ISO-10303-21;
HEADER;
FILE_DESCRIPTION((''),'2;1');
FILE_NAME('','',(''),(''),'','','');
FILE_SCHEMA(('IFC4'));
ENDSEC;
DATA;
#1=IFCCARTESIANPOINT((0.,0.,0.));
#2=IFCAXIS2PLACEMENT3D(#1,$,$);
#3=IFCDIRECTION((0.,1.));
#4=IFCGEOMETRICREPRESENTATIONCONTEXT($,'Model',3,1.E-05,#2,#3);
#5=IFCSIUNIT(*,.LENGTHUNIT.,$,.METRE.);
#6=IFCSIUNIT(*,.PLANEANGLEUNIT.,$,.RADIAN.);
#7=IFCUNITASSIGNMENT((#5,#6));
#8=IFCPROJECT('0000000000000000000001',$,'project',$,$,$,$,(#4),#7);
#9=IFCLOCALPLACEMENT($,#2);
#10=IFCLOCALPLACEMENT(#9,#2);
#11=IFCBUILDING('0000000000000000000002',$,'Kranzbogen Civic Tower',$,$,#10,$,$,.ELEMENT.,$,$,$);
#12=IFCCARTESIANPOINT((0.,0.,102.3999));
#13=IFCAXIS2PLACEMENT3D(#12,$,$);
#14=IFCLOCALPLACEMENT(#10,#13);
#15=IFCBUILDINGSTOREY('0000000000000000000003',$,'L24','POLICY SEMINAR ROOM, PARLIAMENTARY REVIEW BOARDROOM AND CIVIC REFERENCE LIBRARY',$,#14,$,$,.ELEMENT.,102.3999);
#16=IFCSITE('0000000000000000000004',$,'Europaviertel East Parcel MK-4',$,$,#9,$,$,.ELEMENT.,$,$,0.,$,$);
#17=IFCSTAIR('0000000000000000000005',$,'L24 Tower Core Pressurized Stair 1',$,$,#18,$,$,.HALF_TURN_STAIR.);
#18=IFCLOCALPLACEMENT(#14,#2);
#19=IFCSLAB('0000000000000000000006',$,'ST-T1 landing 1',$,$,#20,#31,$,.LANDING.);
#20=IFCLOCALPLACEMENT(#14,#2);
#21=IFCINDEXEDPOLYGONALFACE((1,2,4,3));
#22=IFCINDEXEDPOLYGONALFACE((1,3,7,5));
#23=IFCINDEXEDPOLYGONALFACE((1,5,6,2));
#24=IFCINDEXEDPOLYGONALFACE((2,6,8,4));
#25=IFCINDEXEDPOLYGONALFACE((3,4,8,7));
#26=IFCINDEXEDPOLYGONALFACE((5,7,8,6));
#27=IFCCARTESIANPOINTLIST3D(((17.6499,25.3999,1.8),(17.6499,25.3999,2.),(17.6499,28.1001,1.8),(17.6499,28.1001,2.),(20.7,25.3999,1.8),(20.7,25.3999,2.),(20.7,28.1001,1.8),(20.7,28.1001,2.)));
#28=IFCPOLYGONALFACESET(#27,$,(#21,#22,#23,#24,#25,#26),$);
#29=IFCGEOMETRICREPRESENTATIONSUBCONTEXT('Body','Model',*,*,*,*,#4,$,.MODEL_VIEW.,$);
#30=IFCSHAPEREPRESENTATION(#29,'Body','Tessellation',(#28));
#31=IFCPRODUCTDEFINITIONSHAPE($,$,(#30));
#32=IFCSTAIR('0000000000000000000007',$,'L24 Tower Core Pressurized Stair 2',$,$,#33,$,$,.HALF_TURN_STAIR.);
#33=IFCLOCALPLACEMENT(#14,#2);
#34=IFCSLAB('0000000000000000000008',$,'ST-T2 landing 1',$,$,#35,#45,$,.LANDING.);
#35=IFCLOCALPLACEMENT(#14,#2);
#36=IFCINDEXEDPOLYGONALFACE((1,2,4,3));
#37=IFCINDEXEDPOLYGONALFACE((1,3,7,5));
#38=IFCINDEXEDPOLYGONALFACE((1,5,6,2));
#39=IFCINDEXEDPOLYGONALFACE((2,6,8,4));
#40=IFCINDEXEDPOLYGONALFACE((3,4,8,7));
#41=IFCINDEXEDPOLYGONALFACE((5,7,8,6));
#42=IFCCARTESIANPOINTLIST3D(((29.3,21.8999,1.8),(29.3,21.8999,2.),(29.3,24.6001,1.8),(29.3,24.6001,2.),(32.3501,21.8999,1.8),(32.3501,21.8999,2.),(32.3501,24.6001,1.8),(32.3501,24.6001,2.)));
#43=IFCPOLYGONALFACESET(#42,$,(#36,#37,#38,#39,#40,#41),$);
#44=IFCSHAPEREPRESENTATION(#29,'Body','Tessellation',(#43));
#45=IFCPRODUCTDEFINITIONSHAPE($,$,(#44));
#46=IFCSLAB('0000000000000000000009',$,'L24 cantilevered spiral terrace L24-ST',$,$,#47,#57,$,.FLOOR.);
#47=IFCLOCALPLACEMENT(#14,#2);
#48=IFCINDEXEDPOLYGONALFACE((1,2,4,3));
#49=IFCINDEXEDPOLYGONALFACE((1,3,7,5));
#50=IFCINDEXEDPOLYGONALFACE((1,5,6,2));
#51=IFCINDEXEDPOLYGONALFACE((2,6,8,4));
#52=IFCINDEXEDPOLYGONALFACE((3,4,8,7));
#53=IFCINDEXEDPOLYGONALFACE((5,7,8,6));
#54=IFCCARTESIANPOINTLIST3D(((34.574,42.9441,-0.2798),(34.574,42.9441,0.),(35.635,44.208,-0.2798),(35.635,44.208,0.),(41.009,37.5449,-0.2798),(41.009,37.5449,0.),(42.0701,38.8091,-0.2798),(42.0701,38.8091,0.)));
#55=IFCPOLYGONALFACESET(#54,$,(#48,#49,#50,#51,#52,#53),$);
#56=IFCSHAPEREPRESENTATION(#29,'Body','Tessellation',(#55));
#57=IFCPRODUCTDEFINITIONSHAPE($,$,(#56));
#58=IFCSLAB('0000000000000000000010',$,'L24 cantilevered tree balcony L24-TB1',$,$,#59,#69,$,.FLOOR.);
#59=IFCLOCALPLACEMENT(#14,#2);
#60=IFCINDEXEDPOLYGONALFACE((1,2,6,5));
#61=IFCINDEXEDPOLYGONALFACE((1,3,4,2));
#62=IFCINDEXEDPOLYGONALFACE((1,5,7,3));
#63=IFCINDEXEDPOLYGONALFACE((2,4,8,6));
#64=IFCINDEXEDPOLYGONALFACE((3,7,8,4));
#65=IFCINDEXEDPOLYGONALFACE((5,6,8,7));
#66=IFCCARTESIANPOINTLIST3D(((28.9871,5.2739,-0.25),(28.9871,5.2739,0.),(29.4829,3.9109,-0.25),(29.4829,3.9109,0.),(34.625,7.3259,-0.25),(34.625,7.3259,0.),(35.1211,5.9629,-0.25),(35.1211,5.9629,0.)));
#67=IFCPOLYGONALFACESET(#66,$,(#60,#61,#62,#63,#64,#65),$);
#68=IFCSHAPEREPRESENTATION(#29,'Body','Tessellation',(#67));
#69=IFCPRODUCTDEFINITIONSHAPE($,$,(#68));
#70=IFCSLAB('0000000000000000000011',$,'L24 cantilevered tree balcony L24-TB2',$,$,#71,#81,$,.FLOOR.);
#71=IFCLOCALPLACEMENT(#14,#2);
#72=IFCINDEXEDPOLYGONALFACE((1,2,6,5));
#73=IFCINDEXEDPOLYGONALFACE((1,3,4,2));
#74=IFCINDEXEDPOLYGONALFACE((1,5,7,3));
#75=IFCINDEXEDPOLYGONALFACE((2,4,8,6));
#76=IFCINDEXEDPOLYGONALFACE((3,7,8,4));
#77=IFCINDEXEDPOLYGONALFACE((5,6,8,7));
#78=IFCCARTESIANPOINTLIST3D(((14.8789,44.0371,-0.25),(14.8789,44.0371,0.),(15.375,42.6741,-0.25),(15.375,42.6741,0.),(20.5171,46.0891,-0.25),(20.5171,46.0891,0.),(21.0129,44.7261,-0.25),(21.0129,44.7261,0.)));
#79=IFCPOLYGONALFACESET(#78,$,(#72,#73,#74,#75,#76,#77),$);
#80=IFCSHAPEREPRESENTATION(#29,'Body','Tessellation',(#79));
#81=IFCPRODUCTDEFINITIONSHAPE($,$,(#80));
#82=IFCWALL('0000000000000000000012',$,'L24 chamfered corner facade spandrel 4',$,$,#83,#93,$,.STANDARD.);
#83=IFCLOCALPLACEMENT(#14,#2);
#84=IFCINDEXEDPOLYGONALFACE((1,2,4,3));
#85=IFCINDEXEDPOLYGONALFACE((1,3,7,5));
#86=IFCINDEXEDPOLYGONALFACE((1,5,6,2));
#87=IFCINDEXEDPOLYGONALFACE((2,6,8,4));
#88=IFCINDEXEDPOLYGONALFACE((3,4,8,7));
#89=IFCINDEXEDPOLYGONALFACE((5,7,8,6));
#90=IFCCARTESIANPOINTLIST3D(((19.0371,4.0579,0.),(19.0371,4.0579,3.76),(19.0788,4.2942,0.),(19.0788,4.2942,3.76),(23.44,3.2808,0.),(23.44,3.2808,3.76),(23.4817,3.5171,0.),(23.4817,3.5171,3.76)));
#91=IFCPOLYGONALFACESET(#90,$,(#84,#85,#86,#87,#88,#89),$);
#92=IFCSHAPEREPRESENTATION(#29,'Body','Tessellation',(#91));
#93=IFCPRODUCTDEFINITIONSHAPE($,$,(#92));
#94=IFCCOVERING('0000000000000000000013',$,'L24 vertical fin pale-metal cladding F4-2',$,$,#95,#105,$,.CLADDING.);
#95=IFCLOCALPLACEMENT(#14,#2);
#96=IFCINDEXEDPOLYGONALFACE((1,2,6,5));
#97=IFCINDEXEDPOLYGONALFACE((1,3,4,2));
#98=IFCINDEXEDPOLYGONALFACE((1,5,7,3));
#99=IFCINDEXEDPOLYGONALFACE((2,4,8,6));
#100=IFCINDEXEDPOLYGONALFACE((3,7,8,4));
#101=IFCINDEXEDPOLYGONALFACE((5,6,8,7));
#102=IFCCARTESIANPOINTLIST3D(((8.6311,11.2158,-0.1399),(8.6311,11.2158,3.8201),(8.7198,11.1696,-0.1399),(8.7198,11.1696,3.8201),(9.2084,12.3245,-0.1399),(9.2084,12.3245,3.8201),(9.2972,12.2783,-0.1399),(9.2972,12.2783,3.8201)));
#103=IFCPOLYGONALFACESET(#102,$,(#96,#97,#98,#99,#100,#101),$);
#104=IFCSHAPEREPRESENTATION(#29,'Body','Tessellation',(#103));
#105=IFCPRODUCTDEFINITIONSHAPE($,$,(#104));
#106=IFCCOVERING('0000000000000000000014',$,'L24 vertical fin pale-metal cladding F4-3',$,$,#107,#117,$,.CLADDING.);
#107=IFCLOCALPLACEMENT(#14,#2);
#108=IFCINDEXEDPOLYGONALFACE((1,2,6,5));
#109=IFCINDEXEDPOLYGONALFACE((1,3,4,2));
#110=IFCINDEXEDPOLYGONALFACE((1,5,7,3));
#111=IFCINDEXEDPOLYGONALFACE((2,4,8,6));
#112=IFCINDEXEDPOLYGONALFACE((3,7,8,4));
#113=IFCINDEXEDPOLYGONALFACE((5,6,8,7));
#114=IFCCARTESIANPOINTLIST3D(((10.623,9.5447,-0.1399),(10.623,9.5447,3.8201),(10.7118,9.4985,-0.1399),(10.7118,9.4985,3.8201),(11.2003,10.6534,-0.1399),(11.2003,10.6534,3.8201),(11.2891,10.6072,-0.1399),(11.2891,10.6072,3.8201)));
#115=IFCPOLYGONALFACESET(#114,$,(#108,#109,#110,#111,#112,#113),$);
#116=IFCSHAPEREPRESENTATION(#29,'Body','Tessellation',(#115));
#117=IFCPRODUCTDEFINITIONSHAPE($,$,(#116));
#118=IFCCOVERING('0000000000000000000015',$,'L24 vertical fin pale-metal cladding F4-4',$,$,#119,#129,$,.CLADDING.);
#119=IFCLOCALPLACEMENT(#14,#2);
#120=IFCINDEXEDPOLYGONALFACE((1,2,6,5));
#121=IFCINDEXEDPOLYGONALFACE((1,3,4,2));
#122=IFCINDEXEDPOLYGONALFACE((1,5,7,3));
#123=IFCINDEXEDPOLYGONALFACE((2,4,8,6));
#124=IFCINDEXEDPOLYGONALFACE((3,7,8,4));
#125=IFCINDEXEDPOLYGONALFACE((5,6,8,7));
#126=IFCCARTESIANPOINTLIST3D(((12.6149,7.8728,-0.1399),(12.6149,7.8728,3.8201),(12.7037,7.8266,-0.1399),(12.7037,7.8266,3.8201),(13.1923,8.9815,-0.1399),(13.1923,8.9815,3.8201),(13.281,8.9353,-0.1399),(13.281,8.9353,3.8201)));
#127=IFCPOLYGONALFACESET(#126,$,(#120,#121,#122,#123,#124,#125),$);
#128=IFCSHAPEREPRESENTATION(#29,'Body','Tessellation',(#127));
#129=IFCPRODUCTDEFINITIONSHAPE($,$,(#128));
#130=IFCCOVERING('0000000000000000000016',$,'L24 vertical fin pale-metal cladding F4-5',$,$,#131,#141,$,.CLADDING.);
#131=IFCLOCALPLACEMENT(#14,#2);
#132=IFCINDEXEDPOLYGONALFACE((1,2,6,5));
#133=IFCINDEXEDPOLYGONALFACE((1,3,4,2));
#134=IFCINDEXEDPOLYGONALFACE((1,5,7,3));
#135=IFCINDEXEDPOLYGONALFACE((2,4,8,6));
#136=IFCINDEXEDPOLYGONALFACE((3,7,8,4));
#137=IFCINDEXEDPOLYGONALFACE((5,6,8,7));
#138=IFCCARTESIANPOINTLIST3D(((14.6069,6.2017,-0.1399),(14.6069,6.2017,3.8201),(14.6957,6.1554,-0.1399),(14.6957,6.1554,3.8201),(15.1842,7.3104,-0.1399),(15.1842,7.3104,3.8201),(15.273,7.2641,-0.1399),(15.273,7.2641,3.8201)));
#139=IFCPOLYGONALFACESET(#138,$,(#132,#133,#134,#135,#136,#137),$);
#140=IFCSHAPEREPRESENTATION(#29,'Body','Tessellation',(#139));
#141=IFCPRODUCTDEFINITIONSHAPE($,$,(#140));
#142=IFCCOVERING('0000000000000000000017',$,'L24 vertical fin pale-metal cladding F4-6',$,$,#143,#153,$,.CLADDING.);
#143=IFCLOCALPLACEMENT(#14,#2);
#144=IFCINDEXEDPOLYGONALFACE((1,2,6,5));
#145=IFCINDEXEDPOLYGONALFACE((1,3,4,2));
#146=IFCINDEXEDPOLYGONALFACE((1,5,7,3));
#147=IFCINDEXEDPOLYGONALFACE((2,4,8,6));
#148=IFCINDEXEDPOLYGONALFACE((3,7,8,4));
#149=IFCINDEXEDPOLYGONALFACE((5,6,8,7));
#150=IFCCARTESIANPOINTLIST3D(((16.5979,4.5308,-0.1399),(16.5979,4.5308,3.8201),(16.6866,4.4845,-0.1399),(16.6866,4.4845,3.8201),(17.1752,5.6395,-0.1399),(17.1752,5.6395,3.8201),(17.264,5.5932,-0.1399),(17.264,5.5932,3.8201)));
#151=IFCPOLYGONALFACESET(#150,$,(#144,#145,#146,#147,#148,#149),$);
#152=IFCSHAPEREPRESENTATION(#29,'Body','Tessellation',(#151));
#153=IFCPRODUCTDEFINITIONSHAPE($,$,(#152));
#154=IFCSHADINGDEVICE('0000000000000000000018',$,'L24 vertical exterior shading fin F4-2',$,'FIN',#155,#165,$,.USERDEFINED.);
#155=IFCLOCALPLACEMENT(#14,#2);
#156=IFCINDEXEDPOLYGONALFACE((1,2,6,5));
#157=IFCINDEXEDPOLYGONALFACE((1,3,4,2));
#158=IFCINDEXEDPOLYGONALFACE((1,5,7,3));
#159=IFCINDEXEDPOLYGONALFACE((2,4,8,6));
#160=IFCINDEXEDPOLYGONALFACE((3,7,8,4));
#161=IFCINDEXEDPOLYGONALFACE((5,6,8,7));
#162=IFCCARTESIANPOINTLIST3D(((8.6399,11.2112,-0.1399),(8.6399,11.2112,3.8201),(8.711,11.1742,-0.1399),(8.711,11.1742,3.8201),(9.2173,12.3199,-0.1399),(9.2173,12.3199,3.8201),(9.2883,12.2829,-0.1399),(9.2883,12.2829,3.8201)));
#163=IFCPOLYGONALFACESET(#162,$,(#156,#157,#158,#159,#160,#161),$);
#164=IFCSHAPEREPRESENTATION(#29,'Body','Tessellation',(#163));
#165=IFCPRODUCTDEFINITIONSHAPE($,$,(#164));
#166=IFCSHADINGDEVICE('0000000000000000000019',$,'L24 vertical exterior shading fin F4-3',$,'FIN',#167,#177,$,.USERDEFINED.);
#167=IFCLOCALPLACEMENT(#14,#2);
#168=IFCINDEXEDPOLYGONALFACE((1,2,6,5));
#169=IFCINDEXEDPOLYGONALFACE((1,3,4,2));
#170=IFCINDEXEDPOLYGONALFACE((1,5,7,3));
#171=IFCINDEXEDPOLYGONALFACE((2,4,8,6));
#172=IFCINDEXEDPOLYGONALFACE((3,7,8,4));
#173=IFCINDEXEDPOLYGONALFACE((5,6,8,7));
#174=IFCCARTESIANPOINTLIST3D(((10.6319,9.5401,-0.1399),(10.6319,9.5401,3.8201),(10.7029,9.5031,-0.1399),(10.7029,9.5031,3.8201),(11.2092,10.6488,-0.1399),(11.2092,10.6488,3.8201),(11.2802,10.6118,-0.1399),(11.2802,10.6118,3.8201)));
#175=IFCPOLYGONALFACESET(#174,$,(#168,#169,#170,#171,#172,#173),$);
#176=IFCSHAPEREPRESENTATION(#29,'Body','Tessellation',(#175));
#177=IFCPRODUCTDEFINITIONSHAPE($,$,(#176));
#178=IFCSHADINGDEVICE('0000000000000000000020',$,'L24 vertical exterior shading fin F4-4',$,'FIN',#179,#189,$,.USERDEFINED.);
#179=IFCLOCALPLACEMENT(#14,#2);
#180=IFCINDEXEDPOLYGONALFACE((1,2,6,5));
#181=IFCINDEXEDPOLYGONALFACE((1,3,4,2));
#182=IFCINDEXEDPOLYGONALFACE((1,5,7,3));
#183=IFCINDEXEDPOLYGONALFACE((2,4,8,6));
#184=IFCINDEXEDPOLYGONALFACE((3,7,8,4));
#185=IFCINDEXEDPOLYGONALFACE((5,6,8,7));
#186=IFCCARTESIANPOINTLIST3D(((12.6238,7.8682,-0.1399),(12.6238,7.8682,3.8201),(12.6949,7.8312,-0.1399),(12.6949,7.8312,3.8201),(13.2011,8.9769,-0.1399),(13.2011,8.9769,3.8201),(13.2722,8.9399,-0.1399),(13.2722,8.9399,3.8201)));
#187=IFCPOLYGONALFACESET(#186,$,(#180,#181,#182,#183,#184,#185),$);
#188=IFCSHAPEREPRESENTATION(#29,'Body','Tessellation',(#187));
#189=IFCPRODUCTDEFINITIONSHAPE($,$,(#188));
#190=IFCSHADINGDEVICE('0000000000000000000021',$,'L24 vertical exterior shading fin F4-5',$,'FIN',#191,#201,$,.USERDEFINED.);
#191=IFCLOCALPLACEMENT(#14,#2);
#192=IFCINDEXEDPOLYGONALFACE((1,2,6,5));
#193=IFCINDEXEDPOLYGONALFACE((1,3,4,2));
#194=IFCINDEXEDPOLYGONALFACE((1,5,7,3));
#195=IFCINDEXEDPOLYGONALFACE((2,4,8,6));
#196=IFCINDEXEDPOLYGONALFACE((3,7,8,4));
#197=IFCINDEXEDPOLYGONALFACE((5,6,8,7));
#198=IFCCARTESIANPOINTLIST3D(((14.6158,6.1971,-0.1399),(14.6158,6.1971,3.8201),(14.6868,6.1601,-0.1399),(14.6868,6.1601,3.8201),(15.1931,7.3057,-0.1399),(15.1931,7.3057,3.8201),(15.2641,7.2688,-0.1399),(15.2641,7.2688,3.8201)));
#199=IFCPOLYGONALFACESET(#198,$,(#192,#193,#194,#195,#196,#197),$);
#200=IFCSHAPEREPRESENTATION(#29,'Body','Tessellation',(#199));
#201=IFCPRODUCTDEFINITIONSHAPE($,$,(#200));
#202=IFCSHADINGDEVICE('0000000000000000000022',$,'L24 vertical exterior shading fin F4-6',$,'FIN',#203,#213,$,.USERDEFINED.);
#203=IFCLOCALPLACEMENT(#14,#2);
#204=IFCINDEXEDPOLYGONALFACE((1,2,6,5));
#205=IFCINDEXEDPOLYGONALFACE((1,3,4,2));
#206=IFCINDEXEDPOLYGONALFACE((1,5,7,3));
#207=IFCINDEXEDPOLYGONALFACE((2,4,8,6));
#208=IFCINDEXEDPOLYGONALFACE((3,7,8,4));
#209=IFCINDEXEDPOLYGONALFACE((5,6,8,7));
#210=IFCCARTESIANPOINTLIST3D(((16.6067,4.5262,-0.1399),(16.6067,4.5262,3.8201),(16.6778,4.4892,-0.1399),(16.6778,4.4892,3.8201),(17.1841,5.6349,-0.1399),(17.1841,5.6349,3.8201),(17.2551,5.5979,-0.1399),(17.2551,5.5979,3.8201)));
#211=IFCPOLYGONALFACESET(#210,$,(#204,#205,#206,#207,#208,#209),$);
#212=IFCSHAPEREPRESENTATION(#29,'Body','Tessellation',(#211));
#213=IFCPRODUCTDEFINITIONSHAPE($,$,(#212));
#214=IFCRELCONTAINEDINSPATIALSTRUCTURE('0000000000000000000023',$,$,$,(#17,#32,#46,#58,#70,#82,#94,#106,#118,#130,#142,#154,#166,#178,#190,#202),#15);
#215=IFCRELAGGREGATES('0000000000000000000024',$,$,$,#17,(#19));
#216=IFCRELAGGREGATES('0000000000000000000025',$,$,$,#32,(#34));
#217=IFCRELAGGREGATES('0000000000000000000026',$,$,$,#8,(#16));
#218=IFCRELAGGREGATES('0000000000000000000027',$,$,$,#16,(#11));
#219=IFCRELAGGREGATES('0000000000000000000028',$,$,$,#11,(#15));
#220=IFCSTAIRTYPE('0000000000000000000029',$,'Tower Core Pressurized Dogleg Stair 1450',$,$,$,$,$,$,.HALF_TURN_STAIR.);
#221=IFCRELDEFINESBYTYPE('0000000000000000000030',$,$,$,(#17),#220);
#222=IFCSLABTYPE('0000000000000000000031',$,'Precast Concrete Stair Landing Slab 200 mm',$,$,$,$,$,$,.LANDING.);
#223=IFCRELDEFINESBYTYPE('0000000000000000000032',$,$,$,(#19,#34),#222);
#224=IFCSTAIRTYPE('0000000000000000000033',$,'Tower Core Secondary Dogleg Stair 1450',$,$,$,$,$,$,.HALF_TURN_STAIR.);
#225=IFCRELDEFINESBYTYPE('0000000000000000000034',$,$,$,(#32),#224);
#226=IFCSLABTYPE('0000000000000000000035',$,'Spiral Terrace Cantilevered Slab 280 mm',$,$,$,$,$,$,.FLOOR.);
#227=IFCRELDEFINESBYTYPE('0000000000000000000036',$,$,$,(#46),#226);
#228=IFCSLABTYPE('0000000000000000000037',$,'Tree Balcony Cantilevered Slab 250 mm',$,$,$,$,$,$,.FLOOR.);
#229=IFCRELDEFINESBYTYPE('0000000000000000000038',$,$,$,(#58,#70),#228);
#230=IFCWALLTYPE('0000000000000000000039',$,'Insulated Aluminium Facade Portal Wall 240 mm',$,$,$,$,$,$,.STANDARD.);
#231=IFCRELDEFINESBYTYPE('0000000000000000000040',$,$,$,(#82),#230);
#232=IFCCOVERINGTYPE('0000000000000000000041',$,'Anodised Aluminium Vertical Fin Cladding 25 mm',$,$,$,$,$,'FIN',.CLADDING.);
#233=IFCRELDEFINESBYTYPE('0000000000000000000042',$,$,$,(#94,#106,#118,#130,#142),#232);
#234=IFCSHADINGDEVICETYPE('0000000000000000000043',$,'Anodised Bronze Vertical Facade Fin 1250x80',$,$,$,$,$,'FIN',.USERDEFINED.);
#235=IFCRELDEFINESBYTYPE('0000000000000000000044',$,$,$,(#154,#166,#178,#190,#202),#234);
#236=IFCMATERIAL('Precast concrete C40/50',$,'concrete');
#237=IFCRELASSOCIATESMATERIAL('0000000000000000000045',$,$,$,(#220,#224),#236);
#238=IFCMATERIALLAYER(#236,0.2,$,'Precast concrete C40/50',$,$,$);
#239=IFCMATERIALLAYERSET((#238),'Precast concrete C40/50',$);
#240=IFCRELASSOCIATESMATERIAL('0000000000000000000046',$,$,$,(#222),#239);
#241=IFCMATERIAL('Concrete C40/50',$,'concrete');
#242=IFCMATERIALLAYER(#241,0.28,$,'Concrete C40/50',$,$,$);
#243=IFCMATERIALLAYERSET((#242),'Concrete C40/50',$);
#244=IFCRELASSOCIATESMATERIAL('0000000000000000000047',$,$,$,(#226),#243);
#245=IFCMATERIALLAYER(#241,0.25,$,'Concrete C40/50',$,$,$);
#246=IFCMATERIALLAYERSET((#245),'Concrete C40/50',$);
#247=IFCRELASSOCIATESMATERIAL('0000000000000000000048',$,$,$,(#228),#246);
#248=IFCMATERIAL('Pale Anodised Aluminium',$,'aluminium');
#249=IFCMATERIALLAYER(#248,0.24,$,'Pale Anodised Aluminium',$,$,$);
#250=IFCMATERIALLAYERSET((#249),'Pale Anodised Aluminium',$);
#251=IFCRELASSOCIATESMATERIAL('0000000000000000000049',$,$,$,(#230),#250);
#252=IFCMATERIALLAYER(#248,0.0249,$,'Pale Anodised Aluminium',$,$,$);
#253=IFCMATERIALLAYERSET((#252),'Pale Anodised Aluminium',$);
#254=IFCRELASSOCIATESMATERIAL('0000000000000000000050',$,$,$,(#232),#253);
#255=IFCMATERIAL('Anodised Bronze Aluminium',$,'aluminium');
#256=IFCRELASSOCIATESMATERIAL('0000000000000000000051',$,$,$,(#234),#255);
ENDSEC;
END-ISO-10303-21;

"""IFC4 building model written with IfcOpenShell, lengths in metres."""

from ifc_helpers import new_model, si_unit, direction, frame, frame_2d, origin, origin_2d, place, context, subcontext, project, spatial, polyline, rectangle, outline, extrude, material, layer, layer_set, type_object, element, aggregate, save


model = new_model("IFC4")

# Units and contexts
model_context = context("Model", 3, precision=1e-05, world=origin(), true_north=direction((0.0, 1.0)))
body_context = subcontext(model_context, "Body", "Model", "MODEL_VIEW")
ifc_project = project(units=[si_unit("LENGTHUNIT", "METRE"), si_unit("PLANEANGLEUNIT", "RADIAN")], contexts=[model_context])

# Site, building, storey
site_placement = place(None, origin())
site = spatial("IfcSite", under=ifc_project, at=site_placement, Name="Europaviertel East Parcel MK-4", CompositionType="ELEMENT", RefElevation=0.0)
building_placement = place(site_placement, origin())
building = spatial("IfcBuilding", under=site, at=building_placement, Name="Kranzbogen Civic Tower", CompositionType="ELEMENT")
storey_placement = place(building_placement, frame((0.0, 0.0, 102.3999)))
storey = spatial("IfcBuildingStorey", under=building, at=storey_placement, Name="L24", Description="POLICY SEMINAR ROOM, PARLIAMENTARY REVIEW BOARDROOM AND CIVIC REFERENCE LIBRARY", CompositionType="ELEMENT", Elevation=102.3999)

# Shared definitions
ifc_material_1 = material(Name="Pale Anodised Aluminium", Category="aluminium")

# Shared definitions
ifc_material_2 = material(Name="Concrete C40/50", Category="concrete")

# Stairs, slabs
ifc_material_3 = material(Name="Precast concrete C40/50", Category="concrete")
stair_type_1 = type_object("IfcStairType", Name="Tower Core Pressurized Dogleg Stair 1450", PredefinedType="HALF_TURN_STAIR", material=ifc_material_3)
stair_1_placement = place(storey_placement, origin())
stair_1 = element("IfcStair", 1, at=stair_1_placement, inside=storey, type_object=stair_type_1, Name="L24 Tower Core Pressurized Stair 1", PredefinedType="HALF_TURN_STAIR")
ifc_layer_1 = layer(ifc_material_3, 0.2, Name="Precast concrete C40/50")
ifc_layer_set_1 = layer_set([ifc_layer_1], Name="Precast concrete C40/50")
slab_type_1 = type_object("IfcSlabType", Name="Precast Concrete Stair Landing Slab 200 mm", PredefinedType="LANDING", material=ifc_layer_set_1)
slab_1_placement = place(storey_placement, frame((0.0, 0.0, 1.8)))
slab_1 = element("IfcSlab", 2, at=slab_1_placement, type_object=slab_type_1, Name="ST-T1 landing 1", PredefinedType="LANDING", context=body_context, shape_type="SweptSolid", body=[
    extrude(outline(polyline([(20.7, 25.3999), (20.7, 28.1001), (17.6499, 28.1001), (17.6499, 25.3999), (20.7, 25.3999)])), origin(), (0.0, 0.0, 1.0), 0.2),
])
aggregate(stair_1, [slab_1])
stair_type_2 = type_object("IfcStairType", Name="Tower Core Secondary Dogleg Stair 1450", PredefinedType="HALF_TURN_STAIR", material=ifc_material_3)
stair_2_placement = place(storey_placement, origin())
stair_2 = element("IfcStair", 3, at=stair_2_placement, inside=storey, type_object=stair_type_2, Name="L24 Tower Core Pressurized Stair 2", PredefinedType="HALF_TURN_STAIR")
slab_2_placement = place(storey_placement, frame((0.0, 0.0, 1.8)))
slab_2 = element("IfcSlab", 4, at=slab_2_placement, type_object=slab_type_1, Name="ST-T2 landing 1", PredefinedType="LANDING", context=body_context, shape_type="SweptSolid", body=[
    extrude(outline(polyline([(29.3, 24.6001), (29.3, 21.8999), (32.3501, 21.8999), (32.3501, 24.6001), (29.3, 24.6001)])), origin(), (0.0, 0.0, 1.0), 0.2),
])
aggregate(stair_2, [slab_2])

# Slabs
ifc_layer_2 = layer(ifc_material_2, 0.28, Name="Concrete C40/50")
ifc_layer_set_2 = layer_set([ifc_layer_2], Name="Concrete C40/50")
slab_type_2 = type_object("IfcSlabType", Name="Spiral Terrace Cantilevered Slab 280 mm", PredefinedType="FLOOR", material=ifc_layer_set_2)
slab_3_placement = place(storey_placement, frame((0.0, 0.0, -0.2798)))
element("IfcSlab", 5, at=slab_3_placement, inside=storey, type_object=slab_type_2, Name="L24 cantilevered spiral terrace L24-ST", PredefinedType="FLOOR", context=body_context, shape_type="SweptSolid", body=[
    extrude(outline(polyline([(41.009, 37.5449), (34.574, 42.9441), (35.635, 44.208), (42.0701, 38.8091), (41.009, 37.5449)])), origin(), (0.0, 0.0, 1.0), 0.2798),
])
ifc_layer_3 = layer(ifc_material_2, 0.25, Name="Concrete C40/50")
ifc_layer_set_3 = layer_set([ifc_layer_3], Name="Concrete C40/50")
slab_type_3 = type_object("IfcSlabType", Name="Tree Balcony Cantilevered Slab 250 mm", PredefinedType="FLOOR", material=ifc_layer_set_3)
slab_4_placement = place(storey_placement, frame((0.0, 0.0, -0.25)))
element("IfcSlab", 6, at=slab_4_placement, inside=storey, type_object=slab_type_3, Name="L24 cantilevered tree balcony L24-TB1", PredefinedType="FLOOR", context=body_context, shape_type="SweptSolid", body=[
    extrude(outline(polyline([(28.9871, 5.2739), (34.625, 7.3259), (35.1211, 5.9629), (29.4829, 3.9109), (28.9871, 5.2739)])), origin(), (0.0, 0.0, 1.0), 0.25),
])
slab_5_placement = place(storey_placement, frame((0.0, 0.0, -0.25)))
element("IfcSlab", 7, at=slab_5_placement, inside=storey, type_object=slab_type_3, Name="L24 cantilevered tree balcony L24-TB2", PredefinedType="FLOOR", context=body_context, shape_type="SweptSolid", body=[
    extrude(outline(polyline([(21.0129, 44.7261), (15.375, 42.6741), (14.8789, 44.0371), (20.5171, 46.0891), (21.0129, 44.7261)])), origin(), (0.0, 0.0, 1.0), 0.25),
])

# Wall
ifc_layer_4 = layer(ifc_material_1, 0.24, Name="Pale Anodised Aluminium")
ifc_layer_set_4 = layer_set([ifc_layer_4], Name="Pale Anodised Aluminium")
wall_type = type_object("IfcWallType", Name="Insulated Aluminium Facade Portal Wall 240 mm", PredefinedType="STANDARD", material=ifc_layer_set_4)
wall_placement = place(storey_placement, frame((19.0581, 4.176, 0.0), z_axis=(0.0, 0.0, 1.0), x_axis=(0.984779, -0.173813, 0.0)))
element("IfcWall", 8, at=wall_placement, inside=storey, type_object=wall_type, Name="L24 chamfered corner facade spandrel 4", PredefinedType="STANDARD", context=body_context, shape_type="SweptSolid", body=[
    extrude(rectangle(XDim=4.4709, YDim=0.24, at=frame_2d((2.2354, 0.0))), origin(), (0.0, 0.0, 1.0), 3.76),
])

# Coverings
ifc_layer_5 = layer(ifc_material_1, 0.0249, Name="Pale Anodised Aluminium")
ifc_layer_set_5 = layer_set([ifc_layer_5], Name="Pale Anodised Aluminium")
covering_type_1 = type_object("IfcCoveringType", Name="Anodised Aluminium Vertical Fin Cladding 25 mm", ElementType="FIN", PredefinedType="CLADDING", material=ifc_layer_set_5)
for number, where, z_axis, x_axis, name in (
    (9, (8.9641, 11.7471, -0.1399), (0.0, 0.0, 1.0), (-0.461857, -0.886954, 0.0), "L24 vertical fin pale-metal cladding F4-2"),
    (10, (10.9561, 10.0759, -0.1399), (0.0, 0.0, 1.0), (-0.461857, -0.886954, 0.0), "L24 vertical fin pale-metal cladding F4-3"),
    (11, (12.948, 8.4041, -0.1399), (0.0, 0.0, 1.0), (-0.461857, -0.886954, 0.0), "L24 vertical fin pale-metal cladding F4-4"),
    (12, (14.9399, 6.7329, -0.1399), (0.0, 0.0, 1.0), (-0.461857, -0.886954, 0.0), "L24 vertical fin pale-metal cladding F4-5"),
    (13, (16.9309, 5.062, -0.1399), (0.0, 0.0, 1.0), (-0.461857, -0.886954, 0.0), "L24 vertical fin pale-metal cladding F4-6"),
):
    element("IfcCovering", number, at=place(storey_placement, frame(where, z_axis=z_axis, x_axis=x_axis)), inside=storey, type_object=covering_type_1, Name=name, PredefinedType="CLADDING", context=body_context, shape_type="SweptSolid", body=[
        extrude(rectangle(XDim=1.25, YDim=0.1001, at=origin_2d()), origin(), (0.0, 0.0, 1.0), 3.96),
    ])

# Shading devices
ifc_material_4 = material(Name="Anodised Bronze Aluminium", Category="aluminium")
shading_device_type = type_object("IfcShadingDeviceType", Name="Anodised Bronze Vertical Facade Fin 1250x80", ElementType="FIN", PredefinedType="USERDEFINED", material=ifc_material_4)
for number, where, z_axis, x_axis, name in (
    (14, (8.9641, 11.7471, -0.1399), (0.0, 0.0, 1.0), (-0.461857, -0.886954, 0.0), "L24 vertical exterior shading fin F4-2"),
    (15, (10.9561, 10.0759, -0.1399), (0.0, 0.0, 1.0), (-0.461857, -0.886954, 0.0), "L24 vertical exterior shading fin F4-3"),
    (16, (12.948, 8.4041, -0.1399), (0.0, 0.0, 1.0), (-0.461857, -0.886954, 0.0), "L24 vertical exterior shading fin F4-4"),
    (17, (14.9399, 6.7329, -0.1399), (0.0, 0.0, 1.0), (-0.461857, -0.886954, 0.0), "L24 vertical exterior shading fin F4-5"),
    (18, (16.9309, 5.062, -0.1399), (0.0, 0.0, 1.0), (-0.461857, -0.886954, 0.0), "L24 vertical exterior shading fin F4-6"),
):
    element("IfcShadingDevice", number, at=place(storey_placement, frame(where, z_axis=z_axis, x_axis=x_axis)), inside=storey, type_object=shading_device_type, Name=name, ObjectType="FIN", PredefinedType="USERDEFINED", context=body_context, shape_type="SweptSolid", body=[
        extrude(rectangle(XDim=1.25, YDim=0.0801, at=origin_2d()), origin(), (0.0, 0.0, 1.0), 3.96),
    ])

save(model, "model.ifc")
